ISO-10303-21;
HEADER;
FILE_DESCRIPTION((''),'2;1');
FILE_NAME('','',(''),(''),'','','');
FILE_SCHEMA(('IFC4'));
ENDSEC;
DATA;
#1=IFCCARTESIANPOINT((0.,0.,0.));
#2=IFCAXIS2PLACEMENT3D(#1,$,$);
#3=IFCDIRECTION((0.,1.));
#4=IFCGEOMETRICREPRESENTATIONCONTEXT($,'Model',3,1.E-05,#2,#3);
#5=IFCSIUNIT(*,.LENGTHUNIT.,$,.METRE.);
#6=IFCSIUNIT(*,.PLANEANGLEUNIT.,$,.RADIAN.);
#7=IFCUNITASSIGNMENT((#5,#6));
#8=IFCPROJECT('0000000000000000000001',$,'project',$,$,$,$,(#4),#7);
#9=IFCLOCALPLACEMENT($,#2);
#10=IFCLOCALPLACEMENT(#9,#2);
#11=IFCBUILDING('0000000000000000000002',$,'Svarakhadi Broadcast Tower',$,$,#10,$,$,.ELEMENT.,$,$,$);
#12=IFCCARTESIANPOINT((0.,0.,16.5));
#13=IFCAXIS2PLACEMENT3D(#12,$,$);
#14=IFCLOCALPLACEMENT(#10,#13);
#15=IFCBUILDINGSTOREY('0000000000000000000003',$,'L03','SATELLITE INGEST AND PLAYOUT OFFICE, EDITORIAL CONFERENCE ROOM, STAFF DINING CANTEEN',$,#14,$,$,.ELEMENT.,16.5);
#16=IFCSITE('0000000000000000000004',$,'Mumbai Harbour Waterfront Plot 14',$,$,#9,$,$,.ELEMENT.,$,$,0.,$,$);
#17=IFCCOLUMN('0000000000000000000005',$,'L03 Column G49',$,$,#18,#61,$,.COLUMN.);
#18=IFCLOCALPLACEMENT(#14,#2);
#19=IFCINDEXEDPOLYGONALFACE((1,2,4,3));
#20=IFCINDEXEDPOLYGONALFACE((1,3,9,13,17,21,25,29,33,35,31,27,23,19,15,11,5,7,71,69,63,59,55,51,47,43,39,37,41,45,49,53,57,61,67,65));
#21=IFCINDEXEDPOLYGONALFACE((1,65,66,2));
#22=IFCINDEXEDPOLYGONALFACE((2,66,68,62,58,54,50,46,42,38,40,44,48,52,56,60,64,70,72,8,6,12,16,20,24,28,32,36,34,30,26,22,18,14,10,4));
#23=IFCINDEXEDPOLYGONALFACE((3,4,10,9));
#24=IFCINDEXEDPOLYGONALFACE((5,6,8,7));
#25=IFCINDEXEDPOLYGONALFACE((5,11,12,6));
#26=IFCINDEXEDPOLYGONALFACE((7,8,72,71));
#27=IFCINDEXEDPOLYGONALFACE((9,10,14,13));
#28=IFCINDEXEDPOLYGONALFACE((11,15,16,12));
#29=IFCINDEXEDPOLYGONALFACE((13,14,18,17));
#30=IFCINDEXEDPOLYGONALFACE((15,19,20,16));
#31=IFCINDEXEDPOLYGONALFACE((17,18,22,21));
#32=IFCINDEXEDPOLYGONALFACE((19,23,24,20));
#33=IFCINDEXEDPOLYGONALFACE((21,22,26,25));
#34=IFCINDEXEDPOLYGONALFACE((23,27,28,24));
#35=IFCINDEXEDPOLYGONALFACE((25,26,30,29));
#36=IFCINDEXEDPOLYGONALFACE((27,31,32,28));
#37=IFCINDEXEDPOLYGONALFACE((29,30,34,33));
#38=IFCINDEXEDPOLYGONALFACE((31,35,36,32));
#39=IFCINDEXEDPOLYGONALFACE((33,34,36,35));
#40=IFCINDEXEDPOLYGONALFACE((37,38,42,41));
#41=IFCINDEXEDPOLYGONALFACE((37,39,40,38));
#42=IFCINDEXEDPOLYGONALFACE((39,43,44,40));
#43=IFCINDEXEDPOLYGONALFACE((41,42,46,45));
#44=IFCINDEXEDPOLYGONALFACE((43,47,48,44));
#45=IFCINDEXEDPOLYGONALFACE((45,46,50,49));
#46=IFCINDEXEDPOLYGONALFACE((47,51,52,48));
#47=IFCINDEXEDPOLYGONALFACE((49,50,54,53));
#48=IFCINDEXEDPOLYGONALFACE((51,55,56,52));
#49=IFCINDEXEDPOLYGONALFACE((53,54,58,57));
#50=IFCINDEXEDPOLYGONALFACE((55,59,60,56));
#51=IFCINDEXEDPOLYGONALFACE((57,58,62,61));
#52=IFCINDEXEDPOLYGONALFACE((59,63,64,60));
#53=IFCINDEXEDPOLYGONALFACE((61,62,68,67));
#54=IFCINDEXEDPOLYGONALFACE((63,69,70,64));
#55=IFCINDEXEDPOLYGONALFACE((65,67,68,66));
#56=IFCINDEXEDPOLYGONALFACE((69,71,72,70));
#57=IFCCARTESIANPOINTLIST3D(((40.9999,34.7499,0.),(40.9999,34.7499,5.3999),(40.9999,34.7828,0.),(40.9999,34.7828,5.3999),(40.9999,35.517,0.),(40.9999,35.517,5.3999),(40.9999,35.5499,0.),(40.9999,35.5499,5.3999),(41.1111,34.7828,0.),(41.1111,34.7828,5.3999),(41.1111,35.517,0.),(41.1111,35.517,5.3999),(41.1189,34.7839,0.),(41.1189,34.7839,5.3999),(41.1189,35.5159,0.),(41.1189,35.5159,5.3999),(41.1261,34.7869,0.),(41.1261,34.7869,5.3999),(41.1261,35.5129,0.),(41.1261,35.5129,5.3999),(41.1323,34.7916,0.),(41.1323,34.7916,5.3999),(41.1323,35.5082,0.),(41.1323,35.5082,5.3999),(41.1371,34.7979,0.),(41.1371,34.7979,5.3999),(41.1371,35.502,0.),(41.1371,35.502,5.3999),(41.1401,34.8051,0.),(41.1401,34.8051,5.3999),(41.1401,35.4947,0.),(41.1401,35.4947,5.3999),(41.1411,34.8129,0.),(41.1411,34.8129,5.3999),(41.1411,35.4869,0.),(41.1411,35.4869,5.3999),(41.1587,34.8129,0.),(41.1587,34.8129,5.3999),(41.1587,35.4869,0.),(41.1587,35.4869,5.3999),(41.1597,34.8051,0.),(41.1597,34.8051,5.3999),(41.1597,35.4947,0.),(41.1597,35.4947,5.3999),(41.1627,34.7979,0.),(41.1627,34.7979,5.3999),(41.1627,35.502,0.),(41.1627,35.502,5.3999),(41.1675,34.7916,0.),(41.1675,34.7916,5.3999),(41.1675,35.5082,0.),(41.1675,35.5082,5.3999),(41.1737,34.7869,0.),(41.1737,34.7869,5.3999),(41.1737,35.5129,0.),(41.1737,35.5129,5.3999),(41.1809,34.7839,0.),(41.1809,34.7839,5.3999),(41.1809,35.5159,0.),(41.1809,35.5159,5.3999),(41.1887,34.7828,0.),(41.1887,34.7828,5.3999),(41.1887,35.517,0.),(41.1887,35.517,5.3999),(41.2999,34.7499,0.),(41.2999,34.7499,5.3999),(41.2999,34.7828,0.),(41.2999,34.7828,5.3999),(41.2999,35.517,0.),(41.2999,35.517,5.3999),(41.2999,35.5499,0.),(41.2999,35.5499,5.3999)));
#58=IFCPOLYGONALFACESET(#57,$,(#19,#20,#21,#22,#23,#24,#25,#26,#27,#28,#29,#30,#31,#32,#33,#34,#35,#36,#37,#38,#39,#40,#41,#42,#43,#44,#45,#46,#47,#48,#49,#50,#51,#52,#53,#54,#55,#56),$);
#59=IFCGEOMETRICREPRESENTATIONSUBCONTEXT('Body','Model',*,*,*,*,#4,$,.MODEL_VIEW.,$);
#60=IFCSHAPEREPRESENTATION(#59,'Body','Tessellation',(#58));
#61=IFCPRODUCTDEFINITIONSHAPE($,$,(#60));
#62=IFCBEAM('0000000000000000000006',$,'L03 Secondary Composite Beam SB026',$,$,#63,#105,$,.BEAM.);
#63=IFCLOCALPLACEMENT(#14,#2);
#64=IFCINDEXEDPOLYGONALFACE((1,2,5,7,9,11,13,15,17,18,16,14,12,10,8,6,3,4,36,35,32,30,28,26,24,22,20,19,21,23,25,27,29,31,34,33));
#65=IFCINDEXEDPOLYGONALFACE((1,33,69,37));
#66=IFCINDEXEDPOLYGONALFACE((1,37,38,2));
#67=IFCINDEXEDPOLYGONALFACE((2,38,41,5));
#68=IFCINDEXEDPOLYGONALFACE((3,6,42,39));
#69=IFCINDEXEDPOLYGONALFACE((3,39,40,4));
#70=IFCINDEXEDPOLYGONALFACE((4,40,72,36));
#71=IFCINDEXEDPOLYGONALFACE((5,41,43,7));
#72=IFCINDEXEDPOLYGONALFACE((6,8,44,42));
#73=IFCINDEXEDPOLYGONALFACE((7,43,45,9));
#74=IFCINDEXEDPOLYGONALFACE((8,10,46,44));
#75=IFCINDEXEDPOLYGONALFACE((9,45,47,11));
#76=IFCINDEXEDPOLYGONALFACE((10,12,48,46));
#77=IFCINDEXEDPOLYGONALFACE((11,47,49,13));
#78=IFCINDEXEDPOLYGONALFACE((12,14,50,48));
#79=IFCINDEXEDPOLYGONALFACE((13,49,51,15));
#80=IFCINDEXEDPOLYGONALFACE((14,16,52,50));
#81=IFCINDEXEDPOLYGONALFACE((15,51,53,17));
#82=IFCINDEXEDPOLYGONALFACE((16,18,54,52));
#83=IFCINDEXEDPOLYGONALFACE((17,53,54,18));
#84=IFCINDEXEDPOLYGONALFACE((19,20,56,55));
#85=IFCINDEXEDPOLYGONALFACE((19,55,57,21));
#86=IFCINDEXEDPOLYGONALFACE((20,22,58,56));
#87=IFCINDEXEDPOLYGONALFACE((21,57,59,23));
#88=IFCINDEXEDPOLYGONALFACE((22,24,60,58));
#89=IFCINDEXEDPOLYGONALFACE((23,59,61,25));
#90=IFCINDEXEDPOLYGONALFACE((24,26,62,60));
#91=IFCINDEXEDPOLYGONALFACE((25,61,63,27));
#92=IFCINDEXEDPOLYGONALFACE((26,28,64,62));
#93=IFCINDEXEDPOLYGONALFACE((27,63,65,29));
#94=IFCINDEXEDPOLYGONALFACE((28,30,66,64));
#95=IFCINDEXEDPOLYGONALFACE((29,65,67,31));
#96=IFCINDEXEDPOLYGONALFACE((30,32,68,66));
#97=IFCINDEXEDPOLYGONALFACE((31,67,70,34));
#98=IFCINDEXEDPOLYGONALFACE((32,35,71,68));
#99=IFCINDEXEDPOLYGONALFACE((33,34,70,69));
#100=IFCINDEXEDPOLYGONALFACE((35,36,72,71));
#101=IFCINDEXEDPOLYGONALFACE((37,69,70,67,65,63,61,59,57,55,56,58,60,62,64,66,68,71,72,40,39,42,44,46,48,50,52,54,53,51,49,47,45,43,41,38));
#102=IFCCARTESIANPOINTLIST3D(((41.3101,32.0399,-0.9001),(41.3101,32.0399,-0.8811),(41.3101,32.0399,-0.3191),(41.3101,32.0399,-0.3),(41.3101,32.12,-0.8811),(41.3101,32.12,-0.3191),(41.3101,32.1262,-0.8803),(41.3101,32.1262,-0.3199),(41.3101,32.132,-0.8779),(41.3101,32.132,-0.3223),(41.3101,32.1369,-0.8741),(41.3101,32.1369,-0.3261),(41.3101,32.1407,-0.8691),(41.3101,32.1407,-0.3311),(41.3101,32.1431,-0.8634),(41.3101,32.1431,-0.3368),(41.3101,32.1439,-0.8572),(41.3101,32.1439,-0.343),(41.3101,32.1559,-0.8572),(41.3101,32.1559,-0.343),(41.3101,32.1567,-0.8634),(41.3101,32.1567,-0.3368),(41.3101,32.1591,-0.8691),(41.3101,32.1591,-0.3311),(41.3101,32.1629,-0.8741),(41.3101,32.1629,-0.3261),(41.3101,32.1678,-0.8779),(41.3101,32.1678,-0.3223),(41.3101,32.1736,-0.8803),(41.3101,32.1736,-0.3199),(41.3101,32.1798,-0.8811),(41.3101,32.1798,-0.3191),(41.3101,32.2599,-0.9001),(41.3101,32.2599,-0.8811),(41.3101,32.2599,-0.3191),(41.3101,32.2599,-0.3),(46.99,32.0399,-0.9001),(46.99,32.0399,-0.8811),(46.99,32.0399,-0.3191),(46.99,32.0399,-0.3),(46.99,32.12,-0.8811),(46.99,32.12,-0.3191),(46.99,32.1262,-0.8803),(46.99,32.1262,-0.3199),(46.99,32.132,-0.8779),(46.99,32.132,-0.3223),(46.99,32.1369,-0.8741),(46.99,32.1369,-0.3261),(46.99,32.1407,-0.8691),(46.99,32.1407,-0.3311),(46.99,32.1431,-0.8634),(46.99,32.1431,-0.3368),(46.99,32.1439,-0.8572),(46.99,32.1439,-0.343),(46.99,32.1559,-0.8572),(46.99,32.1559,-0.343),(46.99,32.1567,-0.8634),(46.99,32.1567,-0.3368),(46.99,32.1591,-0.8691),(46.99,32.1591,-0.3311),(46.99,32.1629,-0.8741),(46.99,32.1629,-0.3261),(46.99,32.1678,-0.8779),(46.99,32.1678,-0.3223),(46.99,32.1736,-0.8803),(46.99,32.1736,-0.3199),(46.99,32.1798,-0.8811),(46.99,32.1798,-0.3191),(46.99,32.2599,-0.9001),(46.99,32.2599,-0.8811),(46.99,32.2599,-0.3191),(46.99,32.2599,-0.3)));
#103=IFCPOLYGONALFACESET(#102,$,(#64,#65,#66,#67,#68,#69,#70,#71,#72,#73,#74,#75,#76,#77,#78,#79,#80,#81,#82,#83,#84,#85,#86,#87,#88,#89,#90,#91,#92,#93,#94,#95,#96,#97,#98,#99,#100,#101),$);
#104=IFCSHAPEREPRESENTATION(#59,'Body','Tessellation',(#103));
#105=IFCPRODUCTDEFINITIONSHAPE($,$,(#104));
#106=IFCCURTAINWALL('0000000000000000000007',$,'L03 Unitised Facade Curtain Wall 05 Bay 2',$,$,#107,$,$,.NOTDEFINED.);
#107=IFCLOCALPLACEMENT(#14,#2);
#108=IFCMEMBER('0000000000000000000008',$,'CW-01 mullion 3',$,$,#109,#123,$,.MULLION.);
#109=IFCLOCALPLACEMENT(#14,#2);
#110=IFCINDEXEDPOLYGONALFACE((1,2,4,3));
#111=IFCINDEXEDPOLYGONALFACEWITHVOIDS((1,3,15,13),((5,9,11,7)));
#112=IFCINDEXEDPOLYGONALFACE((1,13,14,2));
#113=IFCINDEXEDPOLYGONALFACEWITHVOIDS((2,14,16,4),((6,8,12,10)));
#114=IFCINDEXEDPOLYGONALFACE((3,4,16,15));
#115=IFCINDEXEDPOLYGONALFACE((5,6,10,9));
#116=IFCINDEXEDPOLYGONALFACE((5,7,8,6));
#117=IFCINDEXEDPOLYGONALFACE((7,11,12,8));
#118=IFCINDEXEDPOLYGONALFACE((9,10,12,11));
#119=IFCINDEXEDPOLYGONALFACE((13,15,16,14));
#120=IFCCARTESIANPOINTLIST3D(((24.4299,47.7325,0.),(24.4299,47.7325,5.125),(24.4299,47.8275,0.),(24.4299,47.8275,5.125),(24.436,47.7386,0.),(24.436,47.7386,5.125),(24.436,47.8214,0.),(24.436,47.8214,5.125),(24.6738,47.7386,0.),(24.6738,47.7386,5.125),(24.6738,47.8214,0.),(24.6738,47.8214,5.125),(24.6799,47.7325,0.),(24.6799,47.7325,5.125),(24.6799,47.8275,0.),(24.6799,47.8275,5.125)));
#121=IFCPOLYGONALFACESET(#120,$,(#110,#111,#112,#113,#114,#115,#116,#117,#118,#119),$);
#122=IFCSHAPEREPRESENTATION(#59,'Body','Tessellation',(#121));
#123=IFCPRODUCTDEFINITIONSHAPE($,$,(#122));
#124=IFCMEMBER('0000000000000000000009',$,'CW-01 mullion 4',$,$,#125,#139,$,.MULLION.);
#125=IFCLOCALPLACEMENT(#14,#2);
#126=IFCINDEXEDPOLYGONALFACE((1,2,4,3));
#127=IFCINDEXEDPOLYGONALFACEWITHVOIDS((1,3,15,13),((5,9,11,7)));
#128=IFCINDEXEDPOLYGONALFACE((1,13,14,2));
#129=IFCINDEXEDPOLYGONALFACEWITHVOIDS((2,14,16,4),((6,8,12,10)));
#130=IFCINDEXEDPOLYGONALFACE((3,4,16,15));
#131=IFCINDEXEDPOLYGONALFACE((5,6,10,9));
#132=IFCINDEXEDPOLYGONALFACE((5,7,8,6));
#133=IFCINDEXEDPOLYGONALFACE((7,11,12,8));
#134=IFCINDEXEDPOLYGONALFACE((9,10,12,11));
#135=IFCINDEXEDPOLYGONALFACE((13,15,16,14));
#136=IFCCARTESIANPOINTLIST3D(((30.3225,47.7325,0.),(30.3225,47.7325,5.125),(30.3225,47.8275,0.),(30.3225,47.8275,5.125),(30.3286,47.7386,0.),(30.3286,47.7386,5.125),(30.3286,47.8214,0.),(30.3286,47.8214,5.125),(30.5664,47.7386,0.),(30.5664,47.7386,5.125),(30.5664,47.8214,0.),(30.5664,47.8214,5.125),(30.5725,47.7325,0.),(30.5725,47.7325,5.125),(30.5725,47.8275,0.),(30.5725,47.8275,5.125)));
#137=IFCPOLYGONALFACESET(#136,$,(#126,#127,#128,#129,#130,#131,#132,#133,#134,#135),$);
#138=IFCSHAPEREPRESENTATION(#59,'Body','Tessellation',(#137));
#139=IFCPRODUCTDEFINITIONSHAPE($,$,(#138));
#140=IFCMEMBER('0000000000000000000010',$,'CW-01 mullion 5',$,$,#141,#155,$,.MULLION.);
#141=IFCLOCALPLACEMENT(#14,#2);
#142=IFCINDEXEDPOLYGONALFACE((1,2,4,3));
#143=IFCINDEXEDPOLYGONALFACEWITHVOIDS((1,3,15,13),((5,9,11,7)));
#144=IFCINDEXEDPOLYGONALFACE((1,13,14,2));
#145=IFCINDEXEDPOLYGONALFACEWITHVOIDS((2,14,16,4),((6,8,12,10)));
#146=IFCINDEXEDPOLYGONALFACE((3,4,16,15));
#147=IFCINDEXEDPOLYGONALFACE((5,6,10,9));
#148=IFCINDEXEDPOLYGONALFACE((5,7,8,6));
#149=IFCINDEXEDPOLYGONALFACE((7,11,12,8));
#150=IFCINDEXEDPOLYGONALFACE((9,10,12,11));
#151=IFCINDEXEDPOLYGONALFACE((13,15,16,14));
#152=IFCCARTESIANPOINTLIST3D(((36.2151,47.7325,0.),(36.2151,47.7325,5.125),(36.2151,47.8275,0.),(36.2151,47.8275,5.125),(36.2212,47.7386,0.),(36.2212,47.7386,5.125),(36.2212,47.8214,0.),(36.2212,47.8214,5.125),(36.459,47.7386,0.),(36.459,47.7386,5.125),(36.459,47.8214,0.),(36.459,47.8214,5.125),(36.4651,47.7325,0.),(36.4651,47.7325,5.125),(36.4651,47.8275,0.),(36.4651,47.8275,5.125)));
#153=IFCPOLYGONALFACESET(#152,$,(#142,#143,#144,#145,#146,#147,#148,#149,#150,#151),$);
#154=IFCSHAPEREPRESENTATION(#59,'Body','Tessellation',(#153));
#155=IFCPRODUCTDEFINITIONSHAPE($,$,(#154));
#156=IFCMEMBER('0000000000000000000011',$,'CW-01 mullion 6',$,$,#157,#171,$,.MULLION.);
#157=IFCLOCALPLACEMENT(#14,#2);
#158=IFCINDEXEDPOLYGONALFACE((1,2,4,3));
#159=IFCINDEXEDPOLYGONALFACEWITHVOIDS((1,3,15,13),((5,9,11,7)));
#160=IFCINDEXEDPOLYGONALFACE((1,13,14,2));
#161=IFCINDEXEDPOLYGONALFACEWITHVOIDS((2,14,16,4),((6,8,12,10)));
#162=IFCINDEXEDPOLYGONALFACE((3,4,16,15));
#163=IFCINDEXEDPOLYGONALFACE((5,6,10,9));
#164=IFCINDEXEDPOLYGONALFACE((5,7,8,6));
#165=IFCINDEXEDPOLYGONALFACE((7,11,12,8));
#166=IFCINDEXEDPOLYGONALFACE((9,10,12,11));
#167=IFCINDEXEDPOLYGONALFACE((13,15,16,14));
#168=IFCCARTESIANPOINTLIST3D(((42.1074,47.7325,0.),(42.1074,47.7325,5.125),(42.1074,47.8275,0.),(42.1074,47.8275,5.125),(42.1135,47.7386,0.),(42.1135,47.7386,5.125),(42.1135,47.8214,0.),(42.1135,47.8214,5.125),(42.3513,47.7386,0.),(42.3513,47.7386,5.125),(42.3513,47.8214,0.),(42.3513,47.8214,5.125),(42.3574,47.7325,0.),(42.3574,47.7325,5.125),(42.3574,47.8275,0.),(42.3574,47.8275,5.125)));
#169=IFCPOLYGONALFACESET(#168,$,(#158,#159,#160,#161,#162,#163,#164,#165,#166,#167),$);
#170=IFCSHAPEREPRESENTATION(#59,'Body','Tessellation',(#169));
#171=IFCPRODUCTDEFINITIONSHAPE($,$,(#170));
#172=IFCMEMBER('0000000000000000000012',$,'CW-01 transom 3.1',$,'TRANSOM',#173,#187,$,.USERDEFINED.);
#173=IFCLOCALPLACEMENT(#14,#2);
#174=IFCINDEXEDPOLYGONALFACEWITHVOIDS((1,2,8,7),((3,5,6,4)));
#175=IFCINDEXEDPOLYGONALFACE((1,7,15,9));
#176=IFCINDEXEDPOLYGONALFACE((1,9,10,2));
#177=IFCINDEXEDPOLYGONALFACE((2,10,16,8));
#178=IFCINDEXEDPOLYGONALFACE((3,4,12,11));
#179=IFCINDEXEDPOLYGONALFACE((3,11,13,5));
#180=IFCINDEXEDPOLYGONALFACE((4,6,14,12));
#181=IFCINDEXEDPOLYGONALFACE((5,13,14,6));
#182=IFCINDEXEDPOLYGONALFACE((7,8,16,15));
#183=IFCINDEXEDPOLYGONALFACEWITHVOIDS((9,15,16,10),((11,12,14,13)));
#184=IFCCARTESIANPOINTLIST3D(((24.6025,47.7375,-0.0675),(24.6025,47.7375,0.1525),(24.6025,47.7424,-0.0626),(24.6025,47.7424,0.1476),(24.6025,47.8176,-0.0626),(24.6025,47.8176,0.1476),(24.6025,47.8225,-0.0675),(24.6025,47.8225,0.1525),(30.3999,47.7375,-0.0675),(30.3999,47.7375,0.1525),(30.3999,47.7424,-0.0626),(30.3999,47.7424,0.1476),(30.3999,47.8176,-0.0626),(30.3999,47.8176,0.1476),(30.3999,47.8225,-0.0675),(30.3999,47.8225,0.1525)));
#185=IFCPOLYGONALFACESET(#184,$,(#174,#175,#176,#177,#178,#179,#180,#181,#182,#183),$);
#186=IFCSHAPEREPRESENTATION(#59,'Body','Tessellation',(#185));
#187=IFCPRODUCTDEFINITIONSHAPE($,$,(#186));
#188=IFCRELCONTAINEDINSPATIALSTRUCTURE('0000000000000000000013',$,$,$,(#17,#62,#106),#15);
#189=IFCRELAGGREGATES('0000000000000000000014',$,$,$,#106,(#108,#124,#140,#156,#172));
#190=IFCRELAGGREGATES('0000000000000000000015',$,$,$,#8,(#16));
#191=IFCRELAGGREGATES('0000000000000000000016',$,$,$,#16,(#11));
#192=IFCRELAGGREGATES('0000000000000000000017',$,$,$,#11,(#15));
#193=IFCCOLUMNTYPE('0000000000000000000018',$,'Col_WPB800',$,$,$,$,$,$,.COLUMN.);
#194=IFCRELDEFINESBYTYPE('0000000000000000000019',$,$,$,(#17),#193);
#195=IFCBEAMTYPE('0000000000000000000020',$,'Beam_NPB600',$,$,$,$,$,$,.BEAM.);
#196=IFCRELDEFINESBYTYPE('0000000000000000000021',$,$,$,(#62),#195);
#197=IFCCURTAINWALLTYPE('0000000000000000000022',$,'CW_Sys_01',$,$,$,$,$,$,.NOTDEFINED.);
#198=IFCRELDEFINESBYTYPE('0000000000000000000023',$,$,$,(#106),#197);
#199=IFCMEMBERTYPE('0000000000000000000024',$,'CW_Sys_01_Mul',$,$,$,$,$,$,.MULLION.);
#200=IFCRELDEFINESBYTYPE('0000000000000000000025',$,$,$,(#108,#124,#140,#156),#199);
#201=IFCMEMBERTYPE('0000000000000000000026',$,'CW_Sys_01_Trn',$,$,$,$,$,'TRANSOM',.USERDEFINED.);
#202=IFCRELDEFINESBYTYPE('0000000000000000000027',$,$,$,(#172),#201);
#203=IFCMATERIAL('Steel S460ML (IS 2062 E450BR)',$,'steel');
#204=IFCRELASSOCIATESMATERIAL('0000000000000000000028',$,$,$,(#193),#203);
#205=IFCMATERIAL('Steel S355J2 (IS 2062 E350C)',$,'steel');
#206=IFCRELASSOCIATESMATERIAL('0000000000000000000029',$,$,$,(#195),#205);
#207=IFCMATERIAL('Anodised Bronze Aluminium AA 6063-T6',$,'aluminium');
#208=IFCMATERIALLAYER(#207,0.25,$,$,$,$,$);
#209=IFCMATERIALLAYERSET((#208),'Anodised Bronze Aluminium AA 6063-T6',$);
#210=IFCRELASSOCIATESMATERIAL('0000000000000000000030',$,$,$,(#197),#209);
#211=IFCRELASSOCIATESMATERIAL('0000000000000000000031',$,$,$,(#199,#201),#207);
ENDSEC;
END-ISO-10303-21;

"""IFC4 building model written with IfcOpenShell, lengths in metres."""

from ifc_helpers import new_model, si_unit, direction, frame, origin, origin_2d, place, context, subcontext, project, spatial, hollow_rectangle, i_section, extrude, material, layer, layer_set, material_profile, profile_set, type_object, element, aggregate, save


model = new_model("IFC4")

# Units and contexts
model_context = context("Model", 3, precision=1e-05, world=origin(), true_north=direction((0.0, 1.0)))
body_context = subcontext(model_context, "Body", "Model", "MODEL_VIEW")
ifc_project = project(units=[si_unit("LENGTHUNIT", "METRE"), si_unit("PLANEANGLEUNIT", "RADIAN")], contexts=[model_context])

# Site, building, storey
site_placement = place(None, origin())
site = spatial("IfcSite", under=ifc_project, at=site_placement, Name="Mumbai Harbour Waterfront Plot 14", CompositionType="ELEMENT", RefElevation=0.0)
building_placement = place(site_placement, origin())
building = spatial("IfcBuilding", under=site, at=building_placement, Name="Svarakhadi Broadcast Tower", CompositionType="ELEMENT")
storey_placement = place(building_placement, frame((0.0, 0.0, 16.5)))
storey = spatial("IfcBuildingStorey", under=building, at=storey_placement, Name="L03", Description="SATELLITE INGEST AND PLAYOUT OFFICE, EDITORIAL CONFERENCE ROOM, STAFF DINING CANTEEN", CompositionType="ELEMENT", Elevation=16.5)

# Column
ifc_material_1 = material(Name="Steel S460ML (IS 2062 E450BR)", Category="steel")
ifc_material_profile_1 = material_profile(ifc_material_1, i_section(OverallWidth=0.3, OverallDepth=0.8, WebThickness=0.0176, FlangeThickness=0.033, FilletRadius=0.03, at=origin_2d()), Name="WPB 800x300x262")
ifc_profile_set_1 = profile_set([ifc_material_profile_1], Name="Steel S460ML (IS 2062 E450BR)")
column_type = type_object("IfcColumnType", Name="Col_WPB800", PredefinedType="COLUMN", material=ifc_profile_set_1)
column_placement = place(storey_placement, frame((41.1499, 35.1499, 0.0), z_axis=(0.0, 0.0, 1.0), x_axis=(1.0, 0.0, 0.0)))
element("IfcColumn", 1, at=column_placement, inside=storey, type_object=column_type, Name="L03 Column G49", PredefinedType="COLUMN", context=body_context, shape_type="SweptSolid", body=[
    extrude(i_section(OverallWidth=0.3, OverallDepth=0.8, WebThickness=0.0176, FlangeThickness=0.033, FilletRadius=0.03, at=origin_2d()), origin(), (0.0, 0.0, 1.0), 5.3999),
])

# Beam
ifc_material_2 = material(Name="Steel S355J2 (IS 2062 E350C)", Category="steel")
ifc_material_profile_2 = material_profile(ifc_material_2, i_section(OverallWidth=0.22, OverallDepth=0.6001, WebThickness=0.012, FlangeThickness=0.019, FilletRadius=0.0239, at=origin_2d()), Name="NPB 600x220x122")
ifc_profile_set_2 = profile_set([ifc_material_profile_2], Name="Steel S355J2 (IS 2062 E350C)")
beam_type_1 = type_object("IfcBeamType", Name="Beam_NPB600", PredefinedType="BEAM", material=ifc_profile_set_2)
beam_1_placement = place(storey_placement, frame((41.3101, 32.1499, -0.6001), z_axis=(1.0, 0.0, 0.0), x_axis=(0.0, 1.0, 0.0)))
element("IfcBeam", 2, at=beam_1_placement, inside=storey, type_object=beam_type_1, Name="L03 Secondary Composite Beam SB026", PredefinedType="BEAM", context=body_context, shape_type="SweptSolid", body=[
    extrude(i_section(OverallWidth=0.22, OverallDepth=0.6001, WebThickness=0.012, FlangeThickness=0.019, FilletRadius=0.0239, at=origin_2d()), origin(), (0.0, 0.0, 1.0), 5.6799),
])

# Curtain wall, members
ifc_material_3 = material(Name="Anodised Bronze Aluminium AA 6063-T6", Category="aluminium")
ifc_layer_1 = layer(ifc_material_3, 0.25)
ifc_layer_set_1 = layer_set([ifc_layer_1], Name="Anodised Bronze Aluminium AA 6063-T6")
curtain_wall_type = type_object("IfcCurtainWallType", Name="CW_Sys_01", PredefinedType="NOTDEFINED", material=ifc_layer_set_1)
curtain_wall_placement = place(storey_placement, origin())
curtain_wall = element("IfcCurtainWall", 3, at=curtain_wall_placement, inside=storey, type_object=curtain_wall_type, Name="L03 Unitised Facade Curtain Wall 05 Bay 2", PredefinedType="NOTDEFINED")
ifc_material_profile_3 = material_profile(ifc_material_3, hollow_rectangle(XDim=0.095, YDim=0.25, WallThickness=0.0061, at=origin_2d()), Name="ALU MULLION 250x95x6")
ifc_profile_set_3 = profile_set([ifc_material_profile_3], Name="Anodised Bronze Aluminium AA 6063-T6")
member_type_1 = type_object("IfcMemberType", Name="CW_Sys_01_Mul", PredefinedType="MULLION", material=ifc_profile_set_3)
member_1_placement = place(storey_placement, frame((24.5549, 47.78, 0.0), z_axis=(0.0, 0.0, 1.0), x_axis=(0.0, 1.0, 0.0)))
member_1 = element("IfcMember", 4, at=member_1_placement, type_object=member_type_1, Name="CW-01 mullion 3", PredefinedType="MULLION", context=body_context, shape_type="SweptSolid", body=[
    extrude(hollow_rectangle(XDim=0.095, YDim=0.25, WallThickness=0.0061, at=origin_2d()), origin(), (0.0, 0.0, 1.0), 5.125),
])
member_2_placement = place(storey_placement, frame((30.4475, 47.78, 0.0), z_axis=(0.0, 0.0, 1.0), x_axis=(0.0, 1.0, 0.0)))
member_2 = element("IfcMember", 5, at=member_2_placement, type_object=member_type_1, Name="CW-01 mullion 4", PredefinedType="MULLION", context=body_context, shape_type="SweptSolid", body=[
    extrude(hollow_rectangle(XDim=0.095, YDim=0.25, WallThickness=0.0061, at=origin_2d()), origin(), (0.0, 0.0, 1.0), 5.125),
])
member_3_placement = place(storey_placement, frame((36.3401, 47.78, 0.0), z_axis=(0.0, 0.0, 1.0), x_axis=(0.0, 1.0, 0.0)))
member_3 = element("IfcMember", 6, at=member_3_placement, type_object=member_type_1, Name="CW-01 mullion 5", PredefinedType="MULLION", context=body_context, shape_type="SweptSolid", body=[
    extrude(hollow_rectangle(XDim=0.095, YDim=0.25, WallThickness=0.0061, at=origin_2d()), origin(), (0.0, 0.0, 1.0), 5.125),
])
member_4_placement = place(storey_placement, frame((42.2324, 47.78, 0.0), z_axis=(0.0, 0.0, 1.0), x_axis=(0.0, 1.0, 0.0)))
member_4 = element("IfcMember", 7, at=member_4_placement, type_object=member_type_1, Name="CW-01 mullion 6", PredefinedType="MULLION", context=body_context, shape_type="SweptSolid", body=[
    extrude(hollow_rectangle(XDim=0.095, YDim=0.25, WallThickness=0.0061, at=origin_2d()), origin(), (0.0, 0.0, 1.0), 5.125),
])
ifc_material_profile_4 = material_profile(ifc_material_3, hollow_rectangle(XDim=0.085, YDim=0.22, WallThickness=0.0049, at=origin_2d()), Name="ALU TRANSOM 220x85x5")
ifc_profile_set_4 = profile_set([ifc_material_profile_4], Name="Anodised Bronze Aluminium AA 6063-T6")
member_type_2 = type_object("IfcMemberType", Name="CW_Sys_01_Trn", ElementType="TRANSOM", PredefinedType="USERDEFINED", material=ifc_profile_set_4)
member_5_placement = place(storey_placement, frame((24.6025, 47.78, 0.0425), z_axis=(1.0, 0.0, 0.0), x_axis=(0.0, 1.0, 0.0)))
member_5 = element("IfcMember", 8, at=member_5_placement, type_object=member_type_2, Name="CW-01 transom 3.1", ObjectType="TRANSOM", PredefinedType="USERDEFINED", context=body_context, shape_type="SweptSolid", body=[
    extrude(hollow_rectangle(XDim=0.085, YDim=0.22, WallThickness=0.0049, at=origin_2d()), origin(), (0.0, 0.0, 1.0), 5.7974),
])

aggregate(curtain_wall, [member_1, member_2, member_3, member_4, member_5])

save(model, "model.ifc")
